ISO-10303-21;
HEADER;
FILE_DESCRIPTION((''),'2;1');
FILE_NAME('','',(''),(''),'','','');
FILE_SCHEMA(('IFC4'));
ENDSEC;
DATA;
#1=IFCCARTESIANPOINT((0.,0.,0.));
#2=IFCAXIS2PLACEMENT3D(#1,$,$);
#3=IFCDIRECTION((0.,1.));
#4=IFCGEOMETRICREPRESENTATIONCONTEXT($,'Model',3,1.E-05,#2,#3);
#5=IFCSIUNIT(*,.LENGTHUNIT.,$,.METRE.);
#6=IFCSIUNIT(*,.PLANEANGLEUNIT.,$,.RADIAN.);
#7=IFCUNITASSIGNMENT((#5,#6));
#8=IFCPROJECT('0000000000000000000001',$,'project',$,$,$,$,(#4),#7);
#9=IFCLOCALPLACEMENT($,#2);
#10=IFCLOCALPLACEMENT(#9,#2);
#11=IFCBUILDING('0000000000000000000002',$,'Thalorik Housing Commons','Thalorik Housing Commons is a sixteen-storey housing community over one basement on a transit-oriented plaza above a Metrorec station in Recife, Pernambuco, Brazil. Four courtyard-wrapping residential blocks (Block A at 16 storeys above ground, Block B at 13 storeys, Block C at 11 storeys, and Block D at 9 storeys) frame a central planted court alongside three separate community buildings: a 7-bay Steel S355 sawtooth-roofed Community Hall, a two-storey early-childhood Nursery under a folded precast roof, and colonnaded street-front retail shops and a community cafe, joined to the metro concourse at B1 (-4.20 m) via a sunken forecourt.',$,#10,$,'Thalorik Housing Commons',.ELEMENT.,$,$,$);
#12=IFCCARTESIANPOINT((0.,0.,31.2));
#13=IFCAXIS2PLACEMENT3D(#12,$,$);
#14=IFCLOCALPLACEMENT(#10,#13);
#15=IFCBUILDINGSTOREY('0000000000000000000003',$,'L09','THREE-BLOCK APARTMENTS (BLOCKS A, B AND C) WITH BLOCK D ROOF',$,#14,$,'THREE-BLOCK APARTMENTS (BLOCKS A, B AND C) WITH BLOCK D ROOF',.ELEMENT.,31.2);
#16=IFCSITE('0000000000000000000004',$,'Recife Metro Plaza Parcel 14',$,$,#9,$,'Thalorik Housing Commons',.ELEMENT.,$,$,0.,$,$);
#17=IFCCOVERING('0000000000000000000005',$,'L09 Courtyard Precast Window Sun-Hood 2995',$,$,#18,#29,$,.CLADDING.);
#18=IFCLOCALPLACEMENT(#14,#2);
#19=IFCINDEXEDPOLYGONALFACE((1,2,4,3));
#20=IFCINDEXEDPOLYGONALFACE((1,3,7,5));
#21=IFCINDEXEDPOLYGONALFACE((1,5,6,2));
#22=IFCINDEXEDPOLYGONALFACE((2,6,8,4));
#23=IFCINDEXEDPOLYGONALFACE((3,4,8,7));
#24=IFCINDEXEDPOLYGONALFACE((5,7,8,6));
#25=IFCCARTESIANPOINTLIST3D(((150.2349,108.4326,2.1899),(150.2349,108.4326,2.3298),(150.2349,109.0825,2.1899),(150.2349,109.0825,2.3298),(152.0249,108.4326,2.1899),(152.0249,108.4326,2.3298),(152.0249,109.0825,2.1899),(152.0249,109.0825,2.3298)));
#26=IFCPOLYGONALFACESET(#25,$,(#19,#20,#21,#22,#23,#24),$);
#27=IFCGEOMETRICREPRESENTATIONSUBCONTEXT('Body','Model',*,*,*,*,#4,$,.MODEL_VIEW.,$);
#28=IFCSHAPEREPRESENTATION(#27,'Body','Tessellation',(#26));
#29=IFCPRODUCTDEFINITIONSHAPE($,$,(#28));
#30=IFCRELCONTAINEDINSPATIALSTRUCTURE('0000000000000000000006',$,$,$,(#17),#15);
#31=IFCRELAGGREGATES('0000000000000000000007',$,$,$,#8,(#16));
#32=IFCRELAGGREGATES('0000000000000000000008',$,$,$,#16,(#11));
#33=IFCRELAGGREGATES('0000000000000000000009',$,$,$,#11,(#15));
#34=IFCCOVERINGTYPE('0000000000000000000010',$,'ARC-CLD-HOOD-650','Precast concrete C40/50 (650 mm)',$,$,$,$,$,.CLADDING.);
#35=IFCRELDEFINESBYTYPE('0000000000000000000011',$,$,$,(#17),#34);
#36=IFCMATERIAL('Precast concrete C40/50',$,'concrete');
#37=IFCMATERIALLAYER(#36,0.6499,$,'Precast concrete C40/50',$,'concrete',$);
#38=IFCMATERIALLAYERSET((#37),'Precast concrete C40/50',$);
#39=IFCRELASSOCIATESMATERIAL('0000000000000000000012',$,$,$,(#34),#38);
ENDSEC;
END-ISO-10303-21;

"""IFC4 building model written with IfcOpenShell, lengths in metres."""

from ifc_helpers import new_model, si_unit, direction, frame, origin, origin_2d, place, context, subcontext, project, spatial, rectangle, extrude, material, layer, layer_set, type_object, element, save


model = new_model("IFC4")

# Units and contexts
model_context = context("Model", 3, precision=1e-05, world=origin(), true_north=direction((0.0, 1.0)))
body_context = subcontext(model_context, "Body", "Model", "MODEL_VIEW")
ifc_project = project(units=[si_unit("LENGTHUNIT", "METRE"), si_unit("PLANEANGLEUNIT", "RADIAN")], contexts=[model_context])

# Site, building, storey
site_placement = place(None, origin())
site = spatial("IfcSite", under=ifc_project, at=site_placement, Name="Recife Metro Plaza Parcel 14", LongName="Thalorik Housing Commons", CompositionType="ELEMENT", RefElevation=0.0)
building_placement = place(site_placement, origin())
building = spatial("IfcBuilding", under=site, at=building_placement, Name="Thalorik Housing Commons", Description="Thalorik Housing Commons is a sixteen-storey housing community over one basement on a transit-oriented plaza above a Metrorec station in Recife, Pernambuco, Brazil. Four courtyard-wrapping residential blocks (Block A at 16 storeys above ground, Block B at 13 storeys, Block C at 11 storeys, and Block D at 9 storeys) frame a central planted court alongside three separate community buildings: a 7-bay Steel S355 sawtooth-roofed Community Hall, a two-storey early-childhood Nursery under a folded precast roof, and colonnaded street-front retail shops and a community cafe, joined to the metro concourse at B1 (-4.20 m) via a sunken forecourt.", LongName="Thalorik Housing Commons", CompositionType="ELEMENT")
storey_placement = place(building_placement, frame((0.0, 0.0, 31.2)))
storey = spatial("IfcBuildingStorey", under=building, at=storey_placement, Name="L09", Description="THREE-BLOCK APARTMENTS (BLOCKS A, B AND C) WITH BLOCK D ROOF", LongName="THREE-BLOCK APARTMENTS (BLOCKS A, B AND C) WITH BLOCK D ROOF", CompositionType="ELEMENT", Elevation=31.2)

# Shared definitions
ifc_material_1 = material(Name="Precast concrete C40/50", Category="concrete")

# Covering
ifc_layer_1 = layer(ifc_material_1, 0.6499, Name="Precast concrete C40/50", Category="concrete")
ifc_layer_set_1 = layer_set([ifc_layer_1], Name="Precast concrete C40/50")
covering_type_1 = type_object("IfcCoveringType", Name="ARC-CLD-HOOD-650", Description="Precast concrete C40/50 (650 mm)", PredefinedType="CLADDING", material=ifc_layer_set_1)
covering_1_placement = place(storey_placement, frame((151.1299, 108.7576, 2.1899), z_axis=(0.0, 0.0, 1.0), x_axis=(1.0, 0.0, 0.0)))
element("IfcCovering", 1, at=covering_1_placement, inside=storey, type_object=covering_type_1, Name="L09 Courtyard Precast Window Sun-Hood 2995", PredefinedType="CLADDING", context=body_context, shape_type="SweptSolid", body=[
    extrude(rectangle(XDim=1.79, YDim=0.6499, at=origin_2d()), origin(), (0.0, 0.0, 1.0), 0.1399),
])

save(model, "model.ifc")
